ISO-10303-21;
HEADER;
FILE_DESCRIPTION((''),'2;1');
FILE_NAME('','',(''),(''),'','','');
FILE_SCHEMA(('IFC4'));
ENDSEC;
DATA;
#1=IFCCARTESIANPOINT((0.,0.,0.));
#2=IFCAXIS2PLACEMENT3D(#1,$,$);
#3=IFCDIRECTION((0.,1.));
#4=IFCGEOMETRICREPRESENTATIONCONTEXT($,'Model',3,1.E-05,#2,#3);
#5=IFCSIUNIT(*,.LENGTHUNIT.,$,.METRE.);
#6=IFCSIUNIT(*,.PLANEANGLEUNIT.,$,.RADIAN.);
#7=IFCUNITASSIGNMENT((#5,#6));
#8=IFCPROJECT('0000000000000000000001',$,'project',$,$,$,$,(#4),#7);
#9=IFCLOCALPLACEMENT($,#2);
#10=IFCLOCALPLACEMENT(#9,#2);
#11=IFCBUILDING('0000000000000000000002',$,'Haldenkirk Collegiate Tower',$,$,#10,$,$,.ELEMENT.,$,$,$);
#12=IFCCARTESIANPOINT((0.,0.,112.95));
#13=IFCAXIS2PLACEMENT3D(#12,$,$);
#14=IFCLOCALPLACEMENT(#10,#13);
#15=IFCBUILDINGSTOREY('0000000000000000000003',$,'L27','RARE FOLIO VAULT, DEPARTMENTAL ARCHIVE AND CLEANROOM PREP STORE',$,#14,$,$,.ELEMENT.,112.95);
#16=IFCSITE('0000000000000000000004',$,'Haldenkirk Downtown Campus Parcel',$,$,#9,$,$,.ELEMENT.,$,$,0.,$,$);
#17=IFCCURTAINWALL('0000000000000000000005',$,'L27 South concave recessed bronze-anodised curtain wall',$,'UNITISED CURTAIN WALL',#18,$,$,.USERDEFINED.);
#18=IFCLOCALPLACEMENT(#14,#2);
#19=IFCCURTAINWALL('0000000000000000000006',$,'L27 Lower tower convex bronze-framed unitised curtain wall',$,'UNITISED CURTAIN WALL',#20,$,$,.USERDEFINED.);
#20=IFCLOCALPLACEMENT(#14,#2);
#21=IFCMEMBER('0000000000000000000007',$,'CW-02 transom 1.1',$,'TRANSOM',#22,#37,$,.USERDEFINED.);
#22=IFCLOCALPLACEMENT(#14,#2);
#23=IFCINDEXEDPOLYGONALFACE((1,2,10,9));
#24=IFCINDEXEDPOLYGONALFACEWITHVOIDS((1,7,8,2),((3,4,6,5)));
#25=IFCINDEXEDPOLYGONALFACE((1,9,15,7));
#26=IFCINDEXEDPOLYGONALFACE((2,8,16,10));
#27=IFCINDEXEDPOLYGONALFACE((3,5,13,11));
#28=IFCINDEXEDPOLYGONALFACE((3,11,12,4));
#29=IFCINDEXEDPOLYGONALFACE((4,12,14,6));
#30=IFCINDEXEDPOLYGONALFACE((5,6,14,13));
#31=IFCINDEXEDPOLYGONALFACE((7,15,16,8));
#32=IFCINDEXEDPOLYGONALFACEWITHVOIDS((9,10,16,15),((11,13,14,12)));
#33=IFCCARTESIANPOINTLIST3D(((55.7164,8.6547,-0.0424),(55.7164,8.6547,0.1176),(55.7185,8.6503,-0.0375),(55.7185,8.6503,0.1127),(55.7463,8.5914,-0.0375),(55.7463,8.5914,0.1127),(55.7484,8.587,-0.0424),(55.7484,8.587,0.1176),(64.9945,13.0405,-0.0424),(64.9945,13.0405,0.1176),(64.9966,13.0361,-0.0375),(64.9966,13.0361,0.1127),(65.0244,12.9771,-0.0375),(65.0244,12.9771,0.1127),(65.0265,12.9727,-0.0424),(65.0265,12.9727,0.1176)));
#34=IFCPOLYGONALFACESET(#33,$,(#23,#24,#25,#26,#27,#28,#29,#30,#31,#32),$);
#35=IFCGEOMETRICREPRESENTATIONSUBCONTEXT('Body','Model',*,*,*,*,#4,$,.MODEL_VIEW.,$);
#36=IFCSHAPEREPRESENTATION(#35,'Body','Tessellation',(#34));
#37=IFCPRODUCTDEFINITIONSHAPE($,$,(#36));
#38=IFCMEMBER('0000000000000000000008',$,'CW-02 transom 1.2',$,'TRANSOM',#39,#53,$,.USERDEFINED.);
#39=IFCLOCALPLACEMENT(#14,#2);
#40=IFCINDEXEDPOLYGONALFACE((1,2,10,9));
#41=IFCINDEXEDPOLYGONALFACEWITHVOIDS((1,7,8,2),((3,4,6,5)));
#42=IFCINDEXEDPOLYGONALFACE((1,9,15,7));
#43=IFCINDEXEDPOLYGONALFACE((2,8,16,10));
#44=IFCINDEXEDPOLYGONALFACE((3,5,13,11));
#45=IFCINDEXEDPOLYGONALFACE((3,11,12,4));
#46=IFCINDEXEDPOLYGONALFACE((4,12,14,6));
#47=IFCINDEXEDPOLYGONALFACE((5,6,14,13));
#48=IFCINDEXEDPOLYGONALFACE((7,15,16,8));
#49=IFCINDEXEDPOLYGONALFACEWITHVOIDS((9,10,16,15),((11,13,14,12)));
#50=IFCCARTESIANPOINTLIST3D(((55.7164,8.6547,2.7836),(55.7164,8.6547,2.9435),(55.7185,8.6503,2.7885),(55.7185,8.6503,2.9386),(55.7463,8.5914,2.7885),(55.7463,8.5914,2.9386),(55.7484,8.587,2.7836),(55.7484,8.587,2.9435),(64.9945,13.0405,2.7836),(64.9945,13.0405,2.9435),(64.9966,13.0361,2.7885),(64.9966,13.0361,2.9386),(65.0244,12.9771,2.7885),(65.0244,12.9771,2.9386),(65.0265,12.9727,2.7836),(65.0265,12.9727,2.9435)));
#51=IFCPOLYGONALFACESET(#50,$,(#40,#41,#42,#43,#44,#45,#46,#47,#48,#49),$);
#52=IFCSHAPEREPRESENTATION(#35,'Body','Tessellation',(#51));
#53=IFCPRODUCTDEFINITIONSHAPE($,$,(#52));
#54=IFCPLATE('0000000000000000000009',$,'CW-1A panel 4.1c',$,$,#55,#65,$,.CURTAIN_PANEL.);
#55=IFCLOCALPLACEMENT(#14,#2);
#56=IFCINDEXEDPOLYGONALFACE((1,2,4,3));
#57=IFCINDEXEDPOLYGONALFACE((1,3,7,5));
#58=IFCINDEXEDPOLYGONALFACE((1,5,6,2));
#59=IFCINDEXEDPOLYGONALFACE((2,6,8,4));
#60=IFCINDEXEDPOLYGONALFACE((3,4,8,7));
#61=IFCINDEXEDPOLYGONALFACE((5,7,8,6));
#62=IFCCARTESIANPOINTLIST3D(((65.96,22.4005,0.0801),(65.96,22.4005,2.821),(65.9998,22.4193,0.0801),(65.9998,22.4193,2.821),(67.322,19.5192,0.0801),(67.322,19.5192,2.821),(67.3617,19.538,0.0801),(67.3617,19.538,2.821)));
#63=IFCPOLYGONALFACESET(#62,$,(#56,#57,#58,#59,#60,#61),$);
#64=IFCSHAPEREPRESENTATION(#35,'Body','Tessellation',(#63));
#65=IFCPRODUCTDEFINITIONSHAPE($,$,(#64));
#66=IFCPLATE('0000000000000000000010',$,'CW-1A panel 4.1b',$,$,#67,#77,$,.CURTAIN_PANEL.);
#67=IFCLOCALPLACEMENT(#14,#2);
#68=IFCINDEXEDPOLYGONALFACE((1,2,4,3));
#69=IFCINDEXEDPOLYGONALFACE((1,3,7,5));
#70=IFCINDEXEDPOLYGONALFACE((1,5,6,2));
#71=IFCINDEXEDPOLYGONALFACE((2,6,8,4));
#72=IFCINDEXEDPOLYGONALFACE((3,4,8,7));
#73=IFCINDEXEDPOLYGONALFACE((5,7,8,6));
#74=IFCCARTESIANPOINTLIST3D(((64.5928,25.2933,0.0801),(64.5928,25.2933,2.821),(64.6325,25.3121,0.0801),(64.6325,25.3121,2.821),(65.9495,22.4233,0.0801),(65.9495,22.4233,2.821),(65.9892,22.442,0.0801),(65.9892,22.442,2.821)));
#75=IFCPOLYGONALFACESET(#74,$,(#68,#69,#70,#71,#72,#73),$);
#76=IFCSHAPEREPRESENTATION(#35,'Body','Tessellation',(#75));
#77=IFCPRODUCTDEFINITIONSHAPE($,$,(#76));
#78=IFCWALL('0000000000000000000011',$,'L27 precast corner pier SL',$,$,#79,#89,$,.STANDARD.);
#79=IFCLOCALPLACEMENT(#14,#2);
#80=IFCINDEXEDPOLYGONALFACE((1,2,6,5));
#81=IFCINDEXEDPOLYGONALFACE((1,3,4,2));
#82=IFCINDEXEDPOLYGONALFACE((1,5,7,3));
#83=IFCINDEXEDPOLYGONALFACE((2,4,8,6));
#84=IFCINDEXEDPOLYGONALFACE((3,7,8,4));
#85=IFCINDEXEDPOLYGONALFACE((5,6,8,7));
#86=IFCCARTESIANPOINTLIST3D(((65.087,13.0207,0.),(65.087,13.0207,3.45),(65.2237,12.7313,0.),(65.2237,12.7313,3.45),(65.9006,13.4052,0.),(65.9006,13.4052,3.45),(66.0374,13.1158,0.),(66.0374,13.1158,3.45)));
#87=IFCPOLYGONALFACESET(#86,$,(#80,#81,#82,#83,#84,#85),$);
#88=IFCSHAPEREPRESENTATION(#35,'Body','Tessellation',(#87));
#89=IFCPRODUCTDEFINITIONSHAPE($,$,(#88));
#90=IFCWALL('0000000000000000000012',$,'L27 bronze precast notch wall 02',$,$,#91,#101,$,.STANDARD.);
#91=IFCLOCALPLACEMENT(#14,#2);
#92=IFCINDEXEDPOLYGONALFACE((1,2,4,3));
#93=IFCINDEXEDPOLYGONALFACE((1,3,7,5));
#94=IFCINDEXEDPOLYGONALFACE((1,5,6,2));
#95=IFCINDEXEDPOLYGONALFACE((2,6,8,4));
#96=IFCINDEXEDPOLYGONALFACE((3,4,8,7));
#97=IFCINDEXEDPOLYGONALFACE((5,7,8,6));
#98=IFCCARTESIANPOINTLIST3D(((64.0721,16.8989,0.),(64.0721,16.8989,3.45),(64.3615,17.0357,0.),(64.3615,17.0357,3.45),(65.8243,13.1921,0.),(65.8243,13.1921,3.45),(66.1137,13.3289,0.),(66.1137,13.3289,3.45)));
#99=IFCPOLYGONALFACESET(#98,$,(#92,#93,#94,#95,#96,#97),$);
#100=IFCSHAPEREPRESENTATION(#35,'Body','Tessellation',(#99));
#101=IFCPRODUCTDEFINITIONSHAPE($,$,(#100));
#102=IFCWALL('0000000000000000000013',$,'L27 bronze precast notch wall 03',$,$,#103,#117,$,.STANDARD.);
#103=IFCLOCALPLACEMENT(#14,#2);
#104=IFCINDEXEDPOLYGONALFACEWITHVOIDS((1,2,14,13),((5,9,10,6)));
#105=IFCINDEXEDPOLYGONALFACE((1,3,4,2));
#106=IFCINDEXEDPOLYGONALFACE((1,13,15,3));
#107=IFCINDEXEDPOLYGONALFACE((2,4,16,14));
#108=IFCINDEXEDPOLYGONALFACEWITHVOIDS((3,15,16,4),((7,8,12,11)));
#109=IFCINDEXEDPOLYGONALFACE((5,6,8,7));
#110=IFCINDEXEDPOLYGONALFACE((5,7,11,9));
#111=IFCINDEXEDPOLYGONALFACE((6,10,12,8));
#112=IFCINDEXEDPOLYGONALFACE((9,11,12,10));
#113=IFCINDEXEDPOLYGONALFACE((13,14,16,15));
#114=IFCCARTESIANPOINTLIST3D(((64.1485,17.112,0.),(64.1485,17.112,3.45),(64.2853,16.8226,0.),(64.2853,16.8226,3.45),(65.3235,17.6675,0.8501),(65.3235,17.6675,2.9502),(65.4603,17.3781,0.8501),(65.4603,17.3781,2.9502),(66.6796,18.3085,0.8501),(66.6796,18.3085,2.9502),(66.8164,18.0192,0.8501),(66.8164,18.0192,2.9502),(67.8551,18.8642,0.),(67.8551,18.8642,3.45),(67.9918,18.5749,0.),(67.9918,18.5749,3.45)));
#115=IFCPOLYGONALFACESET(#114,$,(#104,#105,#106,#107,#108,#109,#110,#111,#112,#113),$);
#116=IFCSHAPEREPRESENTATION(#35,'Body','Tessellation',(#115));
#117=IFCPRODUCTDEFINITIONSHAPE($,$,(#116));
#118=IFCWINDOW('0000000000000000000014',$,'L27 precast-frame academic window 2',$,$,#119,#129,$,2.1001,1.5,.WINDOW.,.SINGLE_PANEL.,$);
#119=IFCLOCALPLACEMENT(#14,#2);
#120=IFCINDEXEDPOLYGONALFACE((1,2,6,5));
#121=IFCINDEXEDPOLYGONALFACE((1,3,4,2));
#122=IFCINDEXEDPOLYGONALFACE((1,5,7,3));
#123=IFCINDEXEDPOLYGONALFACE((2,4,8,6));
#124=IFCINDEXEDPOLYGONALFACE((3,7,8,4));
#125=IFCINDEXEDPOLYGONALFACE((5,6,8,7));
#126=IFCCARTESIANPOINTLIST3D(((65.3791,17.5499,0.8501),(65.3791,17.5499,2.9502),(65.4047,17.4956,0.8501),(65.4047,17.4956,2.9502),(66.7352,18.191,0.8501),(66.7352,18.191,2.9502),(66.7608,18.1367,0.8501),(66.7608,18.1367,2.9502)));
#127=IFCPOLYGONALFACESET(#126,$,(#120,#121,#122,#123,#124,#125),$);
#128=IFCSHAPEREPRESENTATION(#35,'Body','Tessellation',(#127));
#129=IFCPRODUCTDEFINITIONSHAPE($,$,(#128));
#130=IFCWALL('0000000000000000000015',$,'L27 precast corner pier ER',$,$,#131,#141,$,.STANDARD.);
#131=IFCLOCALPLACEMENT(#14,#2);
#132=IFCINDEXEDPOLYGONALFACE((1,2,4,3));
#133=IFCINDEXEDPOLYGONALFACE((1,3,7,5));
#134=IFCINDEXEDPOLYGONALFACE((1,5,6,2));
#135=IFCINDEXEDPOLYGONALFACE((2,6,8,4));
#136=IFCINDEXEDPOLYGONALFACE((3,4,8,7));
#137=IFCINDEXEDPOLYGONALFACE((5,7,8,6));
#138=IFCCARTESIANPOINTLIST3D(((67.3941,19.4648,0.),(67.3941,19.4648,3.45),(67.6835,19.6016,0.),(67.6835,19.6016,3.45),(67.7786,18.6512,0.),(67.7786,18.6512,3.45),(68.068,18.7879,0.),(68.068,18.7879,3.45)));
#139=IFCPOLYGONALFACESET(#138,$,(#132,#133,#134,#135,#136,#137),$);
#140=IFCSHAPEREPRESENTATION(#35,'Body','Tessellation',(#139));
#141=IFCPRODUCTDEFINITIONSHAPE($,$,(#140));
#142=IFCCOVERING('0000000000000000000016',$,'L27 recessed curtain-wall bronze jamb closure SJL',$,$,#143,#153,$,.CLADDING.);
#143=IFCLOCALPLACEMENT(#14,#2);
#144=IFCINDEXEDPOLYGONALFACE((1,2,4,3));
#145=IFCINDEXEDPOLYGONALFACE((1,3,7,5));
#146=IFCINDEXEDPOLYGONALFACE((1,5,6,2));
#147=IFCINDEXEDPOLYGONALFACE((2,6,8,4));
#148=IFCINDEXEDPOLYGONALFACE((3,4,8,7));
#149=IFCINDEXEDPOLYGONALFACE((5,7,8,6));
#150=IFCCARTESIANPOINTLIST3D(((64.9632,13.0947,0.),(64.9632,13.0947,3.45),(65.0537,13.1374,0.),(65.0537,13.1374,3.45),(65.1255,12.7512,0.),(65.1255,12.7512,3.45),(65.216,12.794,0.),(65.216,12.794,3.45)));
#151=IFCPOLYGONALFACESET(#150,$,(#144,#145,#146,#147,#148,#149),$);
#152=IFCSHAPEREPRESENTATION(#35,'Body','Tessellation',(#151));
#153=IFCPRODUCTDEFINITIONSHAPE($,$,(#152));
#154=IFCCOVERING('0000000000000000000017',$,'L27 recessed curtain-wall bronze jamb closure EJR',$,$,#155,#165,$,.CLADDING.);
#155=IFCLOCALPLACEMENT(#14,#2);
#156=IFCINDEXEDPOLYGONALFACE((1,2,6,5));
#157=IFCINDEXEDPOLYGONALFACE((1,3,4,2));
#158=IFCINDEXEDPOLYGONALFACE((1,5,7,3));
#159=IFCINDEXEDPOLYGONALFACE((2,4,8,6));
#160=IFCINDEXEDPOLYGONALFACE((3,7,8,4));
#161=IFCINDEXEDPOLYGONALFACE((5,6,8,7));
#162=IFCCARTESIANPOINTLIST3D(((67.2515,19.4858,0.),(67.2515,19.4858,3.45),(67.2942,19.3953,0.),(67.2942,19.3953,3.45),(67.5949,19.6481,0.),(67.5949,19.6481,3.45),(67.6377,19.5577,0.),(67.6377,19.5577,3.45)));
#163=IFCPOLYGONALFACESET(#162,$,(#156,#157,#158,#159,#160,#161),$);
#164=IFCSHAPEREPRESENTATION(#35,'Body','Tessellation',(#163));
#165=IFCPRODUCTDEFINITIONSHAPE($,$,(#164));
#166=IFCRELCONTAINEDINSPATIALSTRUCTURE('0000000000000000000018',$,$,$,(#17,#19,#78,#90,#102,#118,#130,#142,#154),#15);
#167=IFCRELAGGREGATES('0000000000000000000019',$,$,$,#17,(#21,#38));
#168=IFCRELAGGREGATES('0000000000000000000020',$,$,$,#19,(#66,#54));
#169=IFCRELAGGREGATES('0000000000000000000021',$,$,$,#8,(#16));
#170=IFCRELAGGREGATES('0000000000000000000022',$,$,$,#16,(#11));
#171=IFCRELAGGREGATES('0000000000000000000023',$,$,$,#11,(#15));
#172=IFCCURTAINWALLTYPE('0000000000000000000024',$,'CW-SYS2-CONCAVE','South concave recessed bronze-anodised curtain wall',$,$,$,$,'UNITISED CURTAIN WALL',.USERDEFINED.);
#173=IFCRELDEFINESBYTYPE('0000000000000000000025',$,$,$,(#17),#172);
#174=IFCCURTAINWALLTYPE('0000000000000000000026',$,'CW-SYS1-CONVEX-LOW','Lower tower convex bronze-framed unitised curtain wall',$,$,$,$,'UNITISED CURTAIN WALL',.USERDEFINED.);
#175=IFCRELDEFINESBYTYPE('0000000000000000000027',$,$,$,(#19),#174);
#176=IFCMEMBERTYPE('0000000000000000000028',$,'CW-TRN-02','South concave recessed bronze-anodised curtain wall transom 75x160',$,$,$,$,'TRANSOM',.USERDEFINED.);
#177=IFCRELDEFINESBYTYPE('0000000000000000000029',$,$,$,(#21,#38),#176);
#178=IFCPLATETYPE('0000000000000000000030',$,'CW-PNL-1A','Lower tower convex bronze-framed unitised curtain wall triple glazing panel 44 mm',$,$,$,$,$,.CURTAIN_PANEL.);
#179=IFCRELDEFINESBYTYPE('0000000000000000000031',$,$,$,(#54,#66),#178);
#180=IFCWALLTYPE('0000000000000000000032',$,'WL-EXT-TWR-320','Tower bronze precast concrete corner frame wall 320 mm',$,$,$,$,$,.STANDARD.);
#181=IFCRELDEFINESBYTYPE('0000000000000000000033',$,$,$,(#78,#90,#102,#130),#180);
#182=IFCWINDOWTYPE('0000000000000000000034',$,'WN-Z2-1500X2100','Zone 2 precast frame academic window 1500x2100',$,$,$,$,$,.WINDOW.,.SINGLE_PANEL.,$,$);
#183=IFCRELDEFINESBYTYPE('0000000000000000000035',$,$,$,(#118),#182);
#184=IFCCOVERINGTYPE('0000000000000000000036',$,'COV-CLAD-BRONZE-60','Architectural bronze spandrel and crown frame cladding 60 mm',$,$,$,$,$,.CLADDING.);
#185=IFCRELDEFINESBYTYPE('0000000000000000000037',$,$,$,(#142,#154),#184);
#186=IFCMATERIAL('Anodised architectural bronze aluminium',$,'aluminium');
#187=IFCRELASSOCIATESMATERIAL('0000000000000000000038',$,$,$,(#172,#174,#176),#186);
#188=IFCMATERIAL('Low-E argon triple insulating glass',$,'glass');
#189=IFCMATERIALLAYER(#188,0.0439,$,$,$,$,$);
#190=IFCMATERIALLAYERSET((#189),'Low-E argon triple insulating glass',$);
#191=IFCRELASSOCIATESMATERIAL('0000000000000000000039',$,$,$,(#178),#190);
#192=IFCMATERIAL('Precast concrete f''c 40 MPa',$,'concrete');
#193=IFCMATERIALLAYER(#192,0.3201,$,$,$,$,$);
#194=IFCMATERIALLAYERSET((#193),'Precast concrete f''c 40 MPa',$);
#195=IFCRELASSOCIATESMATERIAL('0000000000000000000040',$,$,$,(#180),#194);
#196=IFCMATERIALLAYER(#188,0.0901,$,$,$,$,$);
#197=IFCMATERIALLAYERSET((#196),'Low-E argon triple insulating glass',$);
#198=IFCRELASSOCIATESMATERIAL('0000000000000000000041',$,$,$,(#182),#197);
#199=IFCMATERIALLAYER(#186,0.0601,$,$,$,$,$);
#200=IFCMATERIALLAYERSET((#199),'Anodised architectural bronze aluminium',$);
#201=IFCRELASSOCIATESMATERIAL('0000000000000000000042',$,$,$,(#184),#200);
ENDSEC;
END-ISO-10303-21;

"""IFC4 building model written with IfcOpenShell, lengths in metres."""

from ifc_helpers import new_model, si_unit, direction, frame, frame_2d, origin, origin_2d, place, context, subcontext, project, spatial, rectangle, hollow_rectangle, extrude, source, transform, mapped, material, layer, layer_set, material_profile, profile_set, type_object, element, fill, aggregate, save


model = new_model("IFC4")

# Units and contexts
model_context = context("Model", 3, precision=1e-05, world=origin(), true_north=direction((0.0, 1.0)))
body_context = subcontext(model_context, "Body", "Model", "MODEL_VIEW")
ifc_project = project(units=[si_unit("LENGTHUNIT", "METRE"), si_unit("PLANEANGLEUNIT", "RADIAN")], contexts=[model_context])

# Site, building, storey
site_placement = place(None, origin())
site = spatial("IfcSite", under=ifc_project, at=site_placement, Name="Haldenkirk Downtown Campus Parcel", CompositionType="ELEMENT", RefElevation=0.0)
building_placement = place(site_placement, origin())
building = spatial("IfcBuilding", under=site, at=building_placement, Name="Haldenkirk Collegiate Tower", CompositionType="ELEMENT")
storey_placement = place(building_placement, frame((0.0, 0.0, 112.95)))
storey = spatial("IfcBuildingStorey", under=building, at=storey_placement, Name="L27", Description="RARE FOLIO VAULT, DEPARTMENTAL ARCHIVE AND CLEANROOM PREP STORE", CompositionType="ELEMENT", Elevation=112.95)

# Curtain walls
ifc_material_1 = material(Name="Anodised architectural bronze aluminium", Category="aluminium")
curtain_wall_type_1 = type_object("IfcCurtainWallType", Name="CW-SYS2-CONCAVE", Description="South concave recessed bronze-anodised curtain wall", ElementType="UNITISED CURTAIN WALL", PredefinedType="USERDEFINED", material=ifc_material_1)
curtain_wall_1_placement = place(storey_placement, origin())
curtain_wall_1 = element("IfcCurtainWall", 1, at=curtain_wall_1_placement, inside=storey, type_object=curtain_wall_type_1, Name="L27 South concave recessed bronze-anodised curtain wall", ObjectType="UNITISED CURTAIN WALL", PredefinedType="USERDEFINED")
curtain_wall_type_2 = type_object("IfcCurtainWallType", Name="CW-SYS1-CONVEX-LOW", Description="Lower tower convex bronze-framed unitised curtain wall", ElementType="UNITISED CURTAIN WALL", PredefinedType="USERDEFINED", material=ifc_material_1)
curtain_wall_2_placement = place(storey_placement, origin())
curtain_wall_2 = element("IfcCurtainWall", 2, at=curtain_wall_2_placement, inside=storey, type_object=curtain_wall_type_2, Name="L27 Lower tower convex bronze-framed unitised curtain wall", ObjectType="UNITISED CURTAIN WALL", PredefinedType="USERDEFINED")

# Members
ifc_material_profile_1 = material_profile(ifc_material_1, hollow_rectangle(XDim=0.075, YDim=0.1599, WallThickness=0.0049, at=origin_2d()), Name="CW-TRN-02")
ifc_profile_set_1 = profile_set([ifc_material_profile_1], Name="Anodised architectural bronze aluminium")
member_type_1 = type_object("IfcMemberType", Name="CW-TRN-02", Description="South concave recessed bronze-anodised curtain wall transom 75x160", ElementType="TRANSOM", PredefinedType="USERDEFINED", material=ifc_profile_set_1)
member_1_placement = place(storey_placement, frame((65.0105, 13.0066, 0.0376), z_axis=(-0.904082, -0.427359, 0.0), x_axis=(0.427359, -0.904082, 0.0)))
member_1 = element("IfcMember", 3, at=member_1_placement, type_object=member_type_1, Name="CW-02 transom 1.1", ObjectType="TRANSOM", PredefinedType="USERDEFINED", context=body_context, shape_type="SweptSolid", body=[
    extrude(hollow_rectangle(XDim=0.075, YDim=0.1599, WallThickness=0.0049, at=origin_2d()), origin(), (0.0, 0.0, 1.0), 10.2625),
])
member_2_placement = place(storey_placement, frame((65.0105, 13.0066, 2.8635), z_axis=(-0.904082, -0.427359, 0.0), x_axis=(0.427359, -0.904082, 0.0)))
member_2 = element("IfcMember", 4, at=member_2_placement, type_object=member_type_1, Name="CW-02 transom 1.2", ObjectType="TRANSOM", PredefinedType="USERDEFINED", context=body_context, shape_type="SweptSolid", body=[
    extrude(hollow_rectangle(XDim=0.075, YDim=0.1599, WallThickness=0.0049, at=origin_2d()), origin(), (0.0, 0.0, 1.0), 10.2625),
])
aggregate(curtain_wall_1, [member_1, member_2])

# Plates
ifc_material_2 = material(Name="Low-E argon triple insulating glass", Category="glass")
ifc_layer_1 = layer(ifc_material_2, 0.0439)
ifc_layer_set_1 = layer_set([ifc_layer_1], Name="Low-E argon triple insulating glass")
plate_type = type_object("IfcPlateType", Name="CW-PNL-1A", Description="Lower tower convex bronze-framed unitised curtain wall triple glazing panel 44 mm", PredefinedType="CURTAIN_PANEL", material=ifc_layer_set_1)
shared_shape_1 = source(origin(), body_context, "Body", "SweptSolid", [
    extrude(rectangle(XDim=3.187, YDim=0.0439, at=origin_2d()), origin(), (0.0, 0.0, 1.0), 2.741),
])
plate_1_placement = place(storey_placement, frame((66.6609, 20.9692, 0.0801), z_axis=(0.0, 0.0, 1.0), x_axis=(0.427357, -0.904083, 0.0)))
plate_1 = element("IfcPlate", 5, at=plate_1_placement, type_object=plate_type, Name="CW-1A panel 4.1c", PredefinedType="CURTAIN_PANEL", context=body_context, shape_type="MappedRepresentation", body=[
    mapped(shared_shape_1, transform((0.0, 0.0, 0.0), x_axis=(1.0, 0.0, 0.0), y_axis=(0.0, 1.0, 0.0), z_axis=(0.0, 0.0, 1.0), scale=1.0)),
])
shared_shape_2 = source(origin(), body_context, "Body", "SweptSolid", [
    extrude(rectangle(XDim=3.1746, YDim=0.0439, at=origin_2d()), origin(), (0.0, 0.0, 1.0), 2.741),
])
plate_2_placement = place(storey_placement, frame((65.291, 23.8677, 0.0801), z_axis=(0.0, 0.0, 1.0), x_axis=(0.427357, -0.904083, 0.0)))
plate_2 = element("IfcPlate", 6, at=plate_2_placement, type_object=plate_type, Name="CW-1A panel 4.1b", PredefinedType="CURTAIN_PANEL", context=body_context, shape_type="MappedRepresentation", body=[
    mapped(shared_shape_2, transform((0.0, 0.0, 0.0), x_axis=(1.0, 0.0, 0.0), y_axis=(0.0, 1.0, 0.0), z_axis=(0.0, 0.0, 1.0), scale=1.0)),
])
aggregate(curtain_wall_2, [plate_2, plate_1])

# Walls
ifc_material_3 = material(Name="Precast concrete f'c 40 MPa", Category="concrete")
ifc_layer_2 = layer(ifc_material_3, 0.3201)
ifc_layer_set_2 = layer_set([ifc_layer_2], Name="Precast concrete f'c 40 MPa")
wall_type = type_object("IfcWallType", Name="WL-EXT-TWR-320", Description="Tower bronze precast concrete corner frame wall 320 mm", PredefinedType="STANDARD", material=ifc_layer_set_2)
wall_1_placement = place(storey_placement, frame((65.969, 13.2605, 0.0), z_axis=(0.0, 0.0, 1.0), x_axis=(-0.904135, -0.427247, 0.0)))
element("IfcWall", 7, at=wall_1_placement, inside=storey, type_object=wall_type, Name="L27 precast corner pier SL", PredefinedType="STANDARD", context=body_context, shape_type="SweptSolid", body=[
    extrude(rectangle(XDim=0.8999, YDim=0.3201, at=frame_2d((0.45, 0.0))), origin(), (0.0, 0.0, 1.0), 3.45),
])
wall_2_placement = place(storey_placement, frame((64.2168, 16.9673, 0.0), z_axis=(0.0, 0.0, 1.0), x_axis=(0.427359, -0.904082, 0.0)))
element("IfcWall", 8, at=wall_2_placement, inside=storey, type_object=wall_type, Name="L27 bronze precast notch wall 02", PredefinedType="STANDARD", context=body_context, shape_type="SweptSolid", body=[
    extrude(rectangle(XDim=4.1001, YDim=0.3201, at=frame_2d((2.05, 0.0))), origin(), (0.0, 0.0, 1.0), 3.45),
])

# Wall, opening, window
wall_3_placement = place(storey_placement, frame((67.9233, 18.7195, 0.0), z_axis=(0.0, 0.0, 1.0), x_axis=(-0.904071, -0.427382, 0.0)))
wall_3 = element("IfcWall", 9, at=wall_3_placement, inside=storey, type_object=wall_type, Name="L27 bronze precast notch wall 03", PredefinedType="STANDARD", context=body_context, shape_type="SweptSolid", body=[
    extrude(rectangle(XDim=4.0999, YDim=0.3201, at=frame_2d((2.0498, 0.0))), origin(), (0.0, 0.0, 1.0), 3.45),
])
opening_placement = place(wall_3_placement, frame((1.3, 0.0, 0.8501)))
opening = element("IfcOpeningElement", 10, at=opening_placement, cuts=wall_3, PredefinedType="OPENING", context=body_context, shape_type="SweptSolid", body=[
    extrude(rectangle(XDim=1.5, YDim=2.1001, at=frame_2d((0.75, 1.05))), frame((0.0, 0.1699, 0.0), z_axis=(0.0, -1.0, 0.0), x_axis=(1.0, 0.0, 0.0)), (0.0, 0.0, 1.0), 0.3401),
])
ifc_layer_3 = layer(ifc_material_2, 0.0901)
ifc_layer_set_3 = layer_set([ifc_layer_3], Name="Low-E argon triple insulating glass")
window_type = type_object("IfcWindowType", Name="WN-Z2-1500X2100", Description="Zone 2 precast frame academic window 1500x2100", PartitioningType="SINGLE_PANEL", PredefinedType="WINDOW", material=ifc_layer_set_3)
window_placement = place(opening_placement, origin())
window = element("IfcWindow", 11, at=window_placement, inside=storey, type_object=window_type, Name="L27 precast-frame academic window 2", OverallHeight=2.1001, OverallWidth=1.5, PartitioningType="SINGLE_PANEL", PredefinedType="WINDOW", context=body_context, shape_type="SweptSolid", body=[
    extrude(rectangle(XDim=1.5, YDim=2.1001, at=frame_2d((0.75, 1.05))), frame((0.0, 0.03, 0.0), z_axis=(0.0, -1.0, 0.0), x_axis=(1.0, 0.0, 0.0)), (0.0, 0.0, 1.0), 0.0601),
])
fill(opening, window)

# Wall
wall_4_placement = place(storey_placement, frame((67.5388, 19.5332, 0.0), z_axis=(0.0, 0.0, 1.0), x_axis=(0.427247, -0.904135, 0.0)))
element("IfcWall", 12, at=wall_4_placement, inside=storey, type_object=wall_type, Name="L27 precast corner pier ER", PredefinedType="STANDARD", context=body_context, shape_type="SweptSolid", body=[
    extrude(rectangle(XDim=0.8999, YDim=0.3201, at=frame_2d((0.45, 0.0))), origin(), (0.0, 0.0, 1.0), 3.45),
])

# Coverings
ifc_layer_4 = layer(ifc_material_1, 0.0601)
ifc_layer_set_4 = layer_set([ifc_layer_4], Name="Anodised architectural bronze aluminium")
covering_type = type_object("IfcCoveringType", Name="COV-CLAD-BRONZE-60", Description="Architectural bronze spandrel and crown frame cladding 60 mm", PredefinedType="CLADDING", material=ifc_layer_set_4)
shared_shape_3 = source(origin(), body_context, "Body", "SweptSolid", [
    extrude(rectangle(XDim=0.1001, YDim=0.3799, at=origin_2d()), origin(), (0.0, 0.0, 1.0), 3.45),
])
for number, where, z_axis, x_axis, name in (
    (13, (65.0896, 12.9443, 0.0), (0.0, 0.0, 1.0), (-0.904083, -0.427358, 0.0), "L27 recessed curtain-wall bronze jamb closure SJL"),
    (14, (67.4446, 19.5217, 0.0), (0.0, 0.0, 1.0), (0.427358, -0.904083, 0.0), "L27 recessed curtain-wall bronze jamb closure EJR"),
):
    element("IfcCovering", number, at=place(storey_placement, frame(where, z_axis=z_axis, x_axis=x_axis)), inside=storey, type_object=covering_type, Name=name, PredefinedType="CLADDING", context=body_context, shape_type="MappedRepresentation", body=[
        mapped(shared_shape_3, transform((0.0, 0.0, 0.0), x_axis=(1.0, 0.0, 0.0), y_axis=(0.0, 1.0, 0.0), z_axis=(0.0, 0.0, 1.0), scale=1.0)),
    ])

save(model, "model.ifc")
